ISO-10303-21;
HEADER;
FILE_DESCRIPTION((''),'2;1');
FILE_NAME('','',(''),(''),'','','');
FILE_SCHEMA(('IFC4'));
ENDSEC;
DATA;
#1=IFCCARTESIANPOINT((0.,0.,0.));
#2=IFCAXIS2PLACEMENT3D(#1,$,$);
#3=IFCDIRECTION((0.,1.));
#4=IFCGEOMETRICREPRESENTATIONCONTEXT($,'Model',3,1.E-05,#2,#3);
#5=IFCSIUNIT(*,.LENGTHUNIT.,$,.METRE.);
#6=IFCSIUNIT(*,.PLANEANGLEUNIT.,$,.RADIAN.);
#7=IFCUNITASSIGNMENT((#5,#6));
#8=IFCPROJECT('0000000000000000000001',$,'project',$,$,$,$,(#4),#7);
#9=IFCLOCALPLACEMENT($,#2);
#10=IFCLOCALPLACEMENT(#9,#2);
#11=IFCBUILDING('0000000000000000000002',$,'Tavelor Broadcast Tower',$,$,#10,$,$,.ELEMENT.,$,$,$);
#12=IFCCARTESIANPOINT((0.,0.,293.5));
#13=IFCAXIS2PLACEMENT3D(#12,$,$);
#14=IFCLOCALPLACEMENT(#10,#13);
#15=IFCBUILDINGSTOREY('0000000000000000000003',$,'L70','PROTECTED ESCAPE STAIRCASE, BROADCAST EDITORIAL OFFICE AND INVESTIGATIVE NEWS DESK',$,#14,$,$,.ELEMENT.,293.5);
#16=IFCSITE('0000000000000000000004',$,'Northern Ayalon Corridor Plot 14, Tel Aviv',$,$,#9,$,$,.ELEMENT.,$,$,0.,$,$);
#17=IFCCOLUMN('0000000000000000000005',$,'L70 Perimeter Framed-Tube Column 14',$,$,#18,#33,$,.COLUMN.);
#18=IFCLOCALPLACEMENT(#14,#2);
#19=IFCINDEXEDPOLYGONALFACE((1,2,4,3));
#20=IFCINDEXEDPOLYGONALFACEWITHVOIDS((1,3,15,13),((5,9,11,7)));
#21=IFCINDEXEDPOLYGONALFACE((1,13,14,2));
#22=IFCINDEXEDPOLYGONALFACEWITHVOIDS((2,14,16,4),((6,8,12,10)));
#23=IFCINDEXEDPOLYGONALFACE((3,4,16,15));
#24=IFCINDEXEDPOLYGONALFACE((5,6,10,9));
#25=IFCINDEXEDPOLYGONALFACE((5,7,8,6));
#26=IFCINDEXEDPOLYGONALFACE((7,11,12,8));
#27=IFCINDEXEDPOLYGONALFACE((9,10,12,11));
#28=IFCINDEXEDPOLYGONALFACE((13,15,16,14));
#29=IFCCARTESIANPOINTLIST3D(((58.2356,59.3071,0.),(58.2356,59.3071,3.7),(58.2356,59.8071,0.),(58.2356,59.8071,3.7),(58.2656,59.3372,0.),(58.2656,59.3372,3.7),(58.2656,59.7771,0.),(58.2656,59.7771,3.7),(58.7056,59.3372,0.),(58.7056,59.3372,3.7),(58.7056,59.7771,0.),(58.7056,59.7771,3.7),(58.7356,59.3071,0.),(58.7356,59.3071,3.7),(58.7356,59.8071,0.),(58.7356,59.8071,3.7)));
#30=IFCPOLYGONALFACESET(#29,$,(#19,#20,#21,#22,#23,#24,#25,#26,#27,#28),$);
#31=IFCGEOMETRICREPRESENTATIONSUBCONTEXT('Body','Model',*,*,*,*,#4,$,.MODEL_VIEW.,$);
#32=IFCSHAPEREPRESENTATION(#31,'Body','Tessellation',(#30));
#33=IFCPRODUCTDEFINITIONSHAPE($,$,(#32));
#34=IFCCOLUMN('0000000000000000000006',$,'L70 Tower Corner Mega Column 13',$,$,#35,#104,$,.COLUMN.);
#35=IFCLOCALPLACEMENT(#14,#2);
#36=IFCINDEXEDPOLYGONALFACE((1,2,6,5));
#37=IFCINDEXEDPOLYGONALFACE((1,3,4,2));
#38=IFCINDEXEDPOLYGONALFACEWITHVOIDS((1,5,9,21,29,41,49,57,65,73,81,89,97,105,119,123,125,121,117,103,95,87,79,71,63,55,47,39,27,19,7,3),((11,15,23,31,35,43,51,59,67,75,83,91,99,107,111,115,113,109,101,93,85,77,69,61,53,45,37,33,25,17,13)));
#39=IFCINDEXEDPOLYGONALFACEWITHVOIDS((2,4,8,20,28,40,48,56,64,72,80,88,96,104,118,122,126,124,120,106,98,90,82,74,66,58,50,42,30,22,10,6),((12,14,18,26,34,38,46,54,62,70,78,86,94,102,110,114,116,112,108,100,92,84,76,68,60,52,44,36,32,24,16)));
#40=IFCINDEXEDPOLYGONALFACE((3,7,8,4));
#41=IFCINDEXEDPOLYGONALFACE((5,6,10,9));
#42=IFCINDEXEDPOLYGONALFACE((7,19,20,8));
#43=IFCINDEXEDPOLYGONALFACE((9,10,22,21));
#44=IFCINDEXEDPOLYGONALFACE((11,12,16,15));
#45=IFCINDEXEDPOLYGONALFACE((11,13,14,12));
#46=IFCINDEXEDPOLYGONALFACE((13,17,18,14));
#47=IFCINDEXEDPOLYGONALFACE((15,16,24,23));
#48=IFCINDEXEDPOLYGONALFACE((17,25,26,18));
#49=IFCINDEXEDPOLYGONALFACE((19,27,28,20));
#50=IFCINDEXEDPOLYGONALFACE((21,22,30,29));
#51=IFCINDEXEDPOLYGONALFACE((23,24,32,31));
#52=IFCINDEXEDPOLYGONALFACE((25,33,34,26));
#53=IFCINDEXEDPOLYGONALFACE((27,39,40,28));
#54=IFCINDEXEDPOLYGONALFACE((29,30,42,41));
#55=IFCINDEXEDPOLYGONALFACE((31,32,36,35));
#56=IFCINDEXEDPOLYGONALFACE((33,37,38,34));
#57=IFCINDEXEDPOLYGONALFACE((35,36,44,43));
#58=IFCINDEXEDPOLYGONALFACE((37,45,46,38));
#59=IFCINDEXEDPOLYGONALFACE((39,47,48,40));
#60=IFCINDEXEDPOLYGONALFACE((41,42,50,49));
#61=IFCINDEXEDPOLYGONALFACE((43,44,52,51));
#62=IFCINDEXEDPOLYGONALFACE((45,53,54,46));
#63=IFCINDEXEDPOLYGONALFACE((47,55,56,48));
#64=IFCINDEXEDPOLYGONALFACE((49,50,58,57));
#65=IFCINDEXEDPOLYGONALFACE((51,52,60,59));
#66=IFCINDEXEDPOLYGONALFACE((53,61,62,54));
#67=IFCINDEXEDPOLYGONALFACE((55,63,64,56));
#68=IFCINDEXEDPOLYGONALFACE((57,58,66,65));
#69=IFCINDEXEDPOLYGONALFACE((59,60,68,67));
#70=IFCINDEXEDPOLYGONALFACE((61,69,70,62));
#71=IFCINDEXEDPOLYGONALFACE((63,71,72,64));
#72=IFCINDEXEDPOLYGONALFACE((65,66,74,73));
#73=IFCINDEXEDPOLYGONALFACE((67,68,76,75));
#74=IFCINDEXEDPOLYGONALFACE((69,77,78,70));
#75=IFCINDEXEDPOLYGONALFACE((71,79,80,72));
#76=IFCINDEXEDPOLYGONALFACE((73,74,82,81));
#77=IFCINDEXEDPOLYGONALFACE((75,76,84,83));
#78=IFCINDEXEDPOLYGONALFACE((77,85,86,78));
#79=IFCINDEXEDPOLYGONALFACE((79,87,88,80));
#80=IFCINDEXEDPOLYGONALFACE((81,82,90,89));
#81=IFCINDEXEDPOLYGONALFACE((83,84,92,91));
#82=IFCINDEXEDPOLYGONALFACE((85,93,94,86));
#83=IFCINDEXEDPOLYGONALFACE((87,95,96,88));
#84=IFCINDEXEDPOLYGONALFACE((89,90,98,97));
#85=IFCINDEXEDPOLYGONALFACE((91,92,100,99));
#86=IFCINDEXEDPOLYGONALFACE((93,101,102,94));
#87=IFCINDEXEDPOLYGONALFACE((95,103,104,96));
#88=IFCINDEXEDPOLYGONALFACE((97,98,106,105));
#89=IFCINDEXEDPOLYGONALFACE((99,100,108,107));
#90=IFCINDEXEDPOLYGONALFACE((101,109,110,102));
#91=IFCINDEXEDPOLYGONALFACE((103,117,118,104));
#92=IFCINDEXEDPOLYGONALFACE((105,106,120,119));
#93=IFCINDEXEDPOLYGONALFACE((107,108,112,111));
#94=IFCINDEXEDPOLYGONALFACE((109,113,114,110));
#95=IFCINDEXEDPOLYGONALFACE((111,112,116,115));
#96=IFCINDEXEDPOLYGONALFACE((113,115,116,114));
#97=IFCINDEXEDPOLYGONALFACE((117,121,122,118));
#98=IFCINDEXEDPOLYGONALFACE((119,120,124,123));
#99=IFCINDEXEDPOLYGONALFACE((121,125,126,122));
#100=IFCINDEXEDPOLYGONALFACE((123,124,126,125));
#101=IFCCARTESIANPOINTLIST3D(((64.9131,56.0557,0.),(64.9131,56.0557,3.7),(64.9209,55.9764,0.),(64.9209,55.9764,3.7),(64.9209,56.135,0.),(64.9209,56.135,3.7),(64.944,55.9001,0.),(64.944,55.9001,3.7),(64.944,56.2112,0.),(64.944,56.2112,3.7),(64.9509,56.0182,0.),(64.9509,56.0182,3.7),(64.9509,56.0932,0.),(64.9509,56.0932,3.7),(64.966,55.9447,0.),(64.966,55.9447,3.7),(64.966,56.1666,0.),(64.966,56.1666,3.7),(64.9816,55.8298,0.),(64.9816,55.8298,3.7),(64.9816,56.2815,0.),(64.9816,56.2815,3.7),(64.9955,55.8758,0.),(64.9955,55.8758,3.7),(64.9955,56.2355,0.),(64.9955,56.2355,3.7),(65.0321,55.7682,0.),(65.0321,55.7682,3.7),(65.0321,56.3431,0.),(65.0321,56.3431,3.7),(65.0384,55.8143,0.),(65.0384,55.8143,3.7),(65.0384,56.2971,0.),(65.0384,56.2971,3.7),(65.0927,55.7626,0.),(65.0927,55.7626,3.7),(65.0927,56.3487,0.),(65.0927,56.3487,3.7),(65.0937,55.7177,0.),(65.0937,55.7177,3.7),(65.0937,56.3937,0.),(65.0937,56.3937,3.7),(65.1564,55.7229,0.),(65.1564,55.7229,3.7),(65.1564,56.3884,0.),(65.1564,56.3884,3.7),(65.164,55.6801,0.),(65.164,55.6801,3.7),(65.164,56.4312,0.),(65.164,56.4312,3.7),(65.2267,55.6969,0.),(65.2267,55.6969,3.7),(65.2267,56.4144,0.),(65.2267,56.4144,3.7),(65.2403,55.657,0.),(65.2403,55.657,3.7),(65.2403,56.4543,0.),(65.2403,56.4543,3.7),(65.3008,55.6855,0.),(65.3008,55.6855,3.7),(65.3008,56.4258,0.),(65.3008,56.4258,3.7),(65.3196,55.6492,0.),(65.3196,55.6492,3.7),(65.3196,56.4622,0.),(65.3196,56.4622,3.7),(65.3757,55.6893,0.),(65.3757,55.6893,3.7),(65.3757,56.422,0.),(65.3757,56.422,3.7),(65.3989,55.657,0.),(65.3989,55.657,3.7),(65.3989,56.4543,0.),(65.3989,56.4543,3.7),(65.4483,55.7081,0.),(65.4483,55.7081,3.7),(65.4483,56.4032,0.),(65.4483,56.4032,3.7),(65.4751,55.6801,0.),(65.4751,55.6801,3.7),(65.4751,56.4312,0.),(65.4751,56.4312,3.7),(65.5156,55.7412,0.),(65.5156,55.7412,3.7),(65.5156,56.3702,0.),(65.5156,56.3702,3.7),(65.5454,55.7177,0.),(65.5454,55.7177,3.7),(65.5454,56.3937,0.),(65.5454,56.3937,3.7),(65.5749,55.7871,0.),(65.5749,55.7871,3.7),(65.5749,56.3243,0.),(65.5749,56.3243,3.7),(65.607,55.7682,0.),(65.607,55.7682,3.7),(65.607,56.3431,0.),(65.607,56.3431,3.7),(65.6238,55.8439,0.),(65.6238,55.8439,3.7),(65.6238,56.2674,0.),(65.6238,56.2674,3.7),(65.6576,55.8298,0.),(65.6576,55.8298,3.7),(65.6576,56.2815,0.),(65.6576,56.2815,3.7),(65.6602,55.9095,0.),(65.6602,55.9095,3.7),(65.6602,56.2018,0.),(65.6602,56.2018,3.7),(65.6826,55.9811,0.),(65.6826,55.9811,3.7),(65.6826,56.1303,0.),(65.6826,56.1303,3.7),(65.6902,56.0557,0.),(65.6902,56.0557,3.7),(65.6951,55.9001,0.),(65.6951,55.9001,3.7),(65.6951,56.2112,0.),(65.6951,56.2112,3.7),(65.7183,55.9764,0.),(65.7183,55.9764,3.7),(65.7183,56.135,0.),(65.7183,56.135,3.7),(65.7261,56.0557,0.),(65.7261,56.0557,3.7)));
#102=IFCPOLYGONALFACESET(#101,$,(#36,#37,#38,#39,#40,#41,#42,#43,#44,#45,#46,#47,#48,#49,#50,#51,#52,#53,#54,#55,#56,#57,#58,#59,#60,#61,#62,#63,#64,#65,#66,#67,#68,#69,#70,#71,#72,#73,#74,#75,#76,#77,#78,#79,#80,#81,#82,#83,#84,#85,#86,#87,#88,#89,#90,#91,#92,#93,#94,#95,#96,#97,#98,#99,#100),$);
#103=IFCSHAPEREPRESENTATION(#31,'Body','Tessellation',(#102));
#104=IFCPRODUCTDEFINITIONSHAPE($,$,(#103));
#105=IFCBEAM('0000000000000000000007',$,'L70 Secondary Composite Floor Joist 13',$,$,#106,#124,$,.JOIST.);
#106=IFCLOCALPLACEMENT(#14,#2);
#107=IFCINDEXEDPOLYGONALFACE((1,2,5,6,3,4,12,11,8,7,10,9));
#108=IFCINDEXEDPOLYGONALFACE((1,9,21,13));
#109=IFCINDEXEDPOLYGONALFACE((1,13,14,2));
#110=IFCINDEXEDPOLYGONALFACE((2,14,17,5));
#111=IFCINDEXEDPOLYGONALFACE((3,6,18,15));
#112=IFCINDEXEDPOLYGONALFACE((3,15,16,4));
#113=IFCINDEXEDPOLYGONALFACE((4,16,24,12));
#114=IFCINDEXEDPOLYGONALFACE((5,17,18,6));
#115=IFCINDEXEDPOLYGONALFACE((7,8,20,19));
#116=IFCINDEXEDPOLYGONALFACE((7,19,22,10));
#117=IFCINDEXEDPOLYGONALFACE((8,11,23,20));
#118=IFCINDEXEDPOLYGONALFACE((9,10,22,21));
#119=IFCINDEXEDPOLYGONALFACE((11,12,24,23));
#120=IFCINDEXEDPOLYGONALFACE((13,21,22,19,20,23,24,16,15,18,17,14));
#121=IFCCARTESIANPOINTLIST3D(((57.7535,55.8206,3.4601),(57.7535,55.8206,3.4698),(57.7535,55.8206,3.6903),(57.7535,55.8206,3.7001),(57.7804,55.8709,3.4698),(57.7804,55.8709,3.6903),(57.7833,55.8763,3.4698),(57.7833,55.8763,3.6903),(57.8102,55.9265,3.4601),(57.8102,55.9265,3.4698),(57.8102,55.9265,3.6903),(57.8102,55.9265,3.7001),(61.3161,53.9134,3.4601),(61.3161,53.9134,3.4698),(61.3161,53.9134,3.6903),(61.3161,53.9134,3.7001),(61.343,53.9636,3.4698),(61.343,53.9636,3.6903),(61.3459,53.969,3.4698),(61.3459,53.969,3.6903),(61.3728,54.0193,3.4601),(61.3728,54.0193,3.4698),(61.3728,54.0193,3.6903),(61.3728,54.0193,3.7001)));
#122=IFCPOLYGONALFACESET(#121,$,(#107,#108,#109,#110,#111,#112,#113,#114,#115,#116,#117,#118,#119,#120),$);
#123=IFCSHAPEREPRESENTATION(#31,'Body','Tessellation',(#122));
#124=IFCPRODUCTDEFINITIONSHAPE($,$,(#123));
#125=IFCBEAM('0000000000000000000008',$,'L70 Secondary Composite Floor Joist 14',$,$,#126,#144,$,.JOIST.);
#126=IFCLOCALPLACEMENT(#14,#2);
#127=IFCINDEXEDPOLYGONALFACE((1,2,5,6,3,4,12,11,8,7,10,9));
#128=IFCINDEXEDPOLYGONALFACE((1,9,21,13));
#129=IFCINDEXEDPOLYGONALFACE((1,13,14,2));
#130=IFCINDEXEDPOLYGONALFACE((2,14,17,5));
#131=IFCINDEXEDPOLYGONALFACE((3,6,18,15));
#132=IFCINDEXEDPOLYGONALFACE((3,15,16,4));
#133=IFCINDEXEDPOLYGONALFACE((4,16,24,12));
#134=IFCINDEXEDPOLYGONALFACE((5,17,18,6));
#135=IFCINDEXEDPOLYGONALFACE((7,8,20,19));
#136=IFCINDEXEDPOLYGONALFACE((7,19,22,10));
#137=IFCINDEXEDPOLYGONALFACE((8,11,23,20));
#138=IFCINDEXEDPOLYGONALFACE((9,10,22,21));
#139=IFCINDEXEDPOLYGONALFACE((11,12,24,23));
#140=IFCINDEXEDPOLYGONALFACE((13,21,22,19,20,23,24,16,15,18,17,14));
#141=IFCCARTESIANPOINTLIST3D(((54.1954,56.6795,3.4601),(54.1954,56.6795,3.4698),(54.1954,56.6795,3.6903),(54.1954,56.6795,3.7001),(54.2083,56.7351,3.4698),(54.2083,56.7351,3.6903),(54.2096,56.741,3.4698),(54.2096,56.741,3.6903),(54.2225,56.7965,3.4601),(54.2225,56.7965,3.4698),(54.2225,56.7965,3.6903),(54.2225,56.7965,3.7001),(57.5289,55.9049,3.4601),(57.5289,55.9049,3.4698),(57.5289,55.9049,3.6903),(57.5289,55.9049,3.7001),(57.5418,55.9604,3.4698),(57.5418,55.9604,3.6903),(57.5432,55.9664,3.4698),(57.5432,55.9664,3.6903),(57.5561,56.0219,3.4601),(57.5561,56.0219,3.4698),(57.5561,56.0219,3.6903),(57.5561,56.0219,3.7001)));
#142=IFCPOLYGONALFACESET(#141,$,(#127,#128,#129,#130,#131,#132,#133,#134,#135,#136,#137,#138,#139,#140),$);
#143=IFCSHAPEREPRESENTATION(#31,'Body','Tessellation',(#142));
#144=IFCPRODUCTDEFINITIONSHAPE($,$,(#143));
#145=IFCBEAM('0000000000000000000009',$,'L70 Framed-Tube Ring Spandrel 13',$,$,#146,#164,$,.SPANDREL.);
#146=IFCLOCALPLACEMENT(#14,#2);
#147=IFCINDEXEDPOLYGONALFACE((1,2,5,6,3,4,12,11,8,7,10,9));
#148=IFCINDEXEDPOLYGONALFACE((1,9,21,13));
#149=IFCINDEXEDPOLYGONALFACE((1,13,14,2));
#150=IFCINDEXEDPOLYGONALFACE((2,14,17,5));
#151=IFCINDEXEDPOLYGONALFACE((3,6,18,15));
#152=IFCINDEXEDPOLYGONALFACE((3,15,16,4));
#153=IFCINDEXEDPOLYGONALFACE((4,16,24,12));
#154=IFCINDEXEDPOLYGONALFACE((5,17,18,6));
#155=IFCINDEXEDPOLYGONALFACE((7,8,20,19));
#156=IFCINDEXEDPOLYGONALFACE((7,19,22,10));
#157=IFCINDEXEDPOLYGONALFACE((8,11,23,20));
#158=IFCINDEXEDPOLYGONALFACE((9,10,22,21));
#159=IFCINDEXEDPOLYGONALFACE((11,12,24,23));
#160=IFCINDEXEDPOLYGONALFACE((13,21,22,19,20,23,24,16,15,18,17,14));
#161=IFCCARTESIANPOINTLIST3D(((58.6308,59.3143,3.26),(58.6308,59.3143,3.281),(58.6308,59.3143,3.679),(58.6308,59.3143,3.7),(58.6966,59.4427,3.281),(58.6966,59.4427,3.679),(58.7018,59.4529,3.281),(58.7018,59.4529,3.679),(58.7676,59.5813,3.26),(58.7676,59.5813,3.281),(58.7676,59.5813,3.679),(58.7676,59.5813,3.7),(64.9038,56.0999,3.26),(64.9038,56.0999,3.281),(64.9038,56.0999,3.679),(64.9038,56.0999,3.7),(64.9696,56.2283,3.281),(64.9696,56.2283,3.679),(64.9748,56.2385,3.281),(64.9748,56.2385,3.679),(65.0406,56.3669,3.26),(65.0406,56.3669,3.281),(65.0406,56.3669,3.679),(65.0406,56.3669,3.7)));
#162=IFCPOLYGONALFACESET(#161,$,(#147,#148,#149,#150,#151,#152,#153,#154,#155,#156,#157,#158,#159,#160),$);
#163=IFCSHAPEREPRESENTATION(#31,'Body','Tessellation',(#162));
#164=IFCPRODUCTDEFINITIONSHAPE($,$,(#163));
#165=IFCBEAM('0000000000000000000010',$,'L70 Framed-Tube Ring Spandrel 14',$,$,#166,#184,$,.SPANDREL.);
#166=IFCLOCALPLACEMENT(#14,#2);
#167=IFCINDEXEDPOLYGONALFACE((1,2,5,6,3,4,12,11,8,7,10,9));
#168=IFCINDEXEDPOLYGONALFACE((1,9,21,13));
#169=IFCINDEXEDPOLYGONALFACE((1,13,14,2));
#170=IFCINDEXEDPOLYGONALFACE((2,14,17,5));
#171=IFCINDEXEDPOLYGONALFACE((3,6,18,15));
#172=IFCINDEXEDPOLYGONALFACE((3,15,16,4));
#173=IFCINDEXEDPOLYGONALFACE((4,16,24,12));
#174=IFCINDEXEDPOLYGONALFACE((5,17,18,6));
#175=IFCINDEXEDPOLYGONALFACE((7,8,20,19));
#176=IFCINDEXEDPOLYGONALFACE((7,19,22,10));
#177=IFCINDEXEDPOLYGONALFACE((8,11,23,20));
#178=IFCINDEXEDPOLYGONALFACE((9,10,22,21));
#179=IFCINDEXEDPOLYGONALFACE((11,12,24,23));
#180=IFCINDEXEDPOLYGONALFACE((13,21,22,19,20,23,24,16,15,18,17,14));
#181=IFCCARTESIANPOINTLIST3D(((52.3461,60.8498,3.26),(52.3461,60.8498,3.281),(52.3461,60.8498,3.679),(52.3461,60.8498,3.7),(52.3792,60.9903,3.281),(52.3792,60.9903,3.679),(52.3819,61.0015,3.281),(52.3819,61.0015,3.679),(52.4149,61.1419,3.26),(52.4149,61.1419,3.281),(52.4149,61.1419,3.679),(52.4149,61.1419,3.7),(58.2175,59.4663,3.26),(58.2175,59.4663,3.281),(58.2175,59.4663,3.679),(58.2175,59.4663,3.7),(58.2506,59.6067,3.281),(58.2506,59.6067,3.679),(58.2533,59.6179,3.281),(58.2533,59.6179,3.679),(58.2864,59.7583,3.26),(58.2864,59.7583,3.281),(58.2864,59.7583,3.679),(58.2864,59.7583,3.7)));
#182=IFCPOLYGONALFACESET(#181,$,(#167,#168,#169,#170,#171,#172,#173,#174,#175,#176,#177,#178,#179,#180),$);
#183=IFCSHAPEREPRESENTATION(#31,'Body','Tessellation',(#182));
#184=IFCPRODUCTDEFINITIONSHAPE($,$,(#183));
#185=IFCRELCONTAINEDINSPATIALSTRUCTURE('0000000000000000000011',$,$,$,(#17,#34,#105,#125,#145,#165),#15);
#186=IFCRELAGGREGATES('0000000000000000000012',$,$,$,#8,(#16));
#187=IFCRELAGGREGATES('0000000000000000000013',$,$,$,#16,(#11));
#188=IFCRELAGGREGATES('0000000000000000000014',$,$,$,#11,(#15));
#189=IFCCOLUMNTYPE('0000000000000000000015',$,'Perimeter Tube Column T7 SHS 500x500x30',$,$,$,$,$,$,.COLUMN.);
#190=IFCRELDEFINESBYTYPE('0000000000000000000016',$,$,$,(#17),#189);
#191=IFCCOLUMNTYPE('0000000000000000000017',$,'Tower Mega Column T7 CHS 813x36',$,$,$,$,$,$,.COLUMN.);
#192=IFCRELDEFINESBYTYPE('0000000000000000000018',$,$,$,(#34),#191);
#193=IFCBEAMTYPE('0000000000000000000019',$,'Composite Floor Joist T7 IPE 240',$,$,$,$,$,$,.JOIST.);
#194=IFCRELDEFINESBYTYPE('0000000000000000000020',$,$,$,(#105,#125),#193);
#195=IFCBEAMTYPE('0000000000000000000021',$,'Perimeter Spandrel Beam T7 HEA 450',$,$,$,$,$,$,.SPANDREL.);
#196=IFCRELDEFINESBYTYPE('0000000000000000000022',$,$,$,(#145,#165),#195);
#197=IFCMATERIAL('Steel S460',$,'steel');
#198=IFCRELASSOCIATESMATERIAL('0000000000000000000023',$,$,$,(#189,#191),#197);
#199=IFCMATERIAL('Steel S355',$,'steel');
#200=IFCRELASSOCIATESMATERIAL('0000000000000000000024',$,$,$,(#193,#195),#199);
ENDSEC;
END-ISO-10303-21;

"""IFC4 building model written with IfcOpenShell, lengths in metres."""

from ifc_helpers import new_model, si_unit, direction, frame, origin, origin_2d, place, context, subcontext, project, spatial, hollow_rectangle, hollow_circle, i_section, extrude, material, material_profile, profile_set, type_object, element, save


model = new_model("IFC4")

# Units and contexts
model_context = context("Model", 3, precision=1e-05, world=origin(), true_north=direction((0.0, 1.0)))
body_context = subcontext(model_context, "Body", "Model", "MODEL_VIEW")
ifc_project = project(units=[si_unit("LENGTHUNIT", "METRE"), si_unit("PLANEANGLEUNIT", "RADIAN")], contexts=[model_context])

# Site, building, storey
site_placement = place(None, origin())
site = spatial("IfcSite", under=ifc_project, at=site_placement, Name="Northern Ayalon Corridor Plot 14, Tel Aviv", CompositionType="ELEMENT", RefElevation=0.0)
building_placement = place(site_placement, origin())
building = spatial("IfcBuilding", under=site, at=building_placement, Name="Tavelor Broadcast Tower", CompositionType="ELEMENT")
storey_placement = place(building_placement, frame((0.0, 0.0, 293.5)))
storey = spatial("IfcBuildingStorey", under=building, at=storey_placement, Name="L70", Description="PROTECTED ESCAPE STAIRCASE, BROADCAST EDITORIAL OFFICE AND INVESTIGATIVE NEWS DESK", CompositionType="ELEMENT", Elevation=293.5)

# Columns
ifc_material_1 = material(Name="Steel S460", Category="steel")
ifc_material_profile_1 = material_profile(ifc_material_1, hollow_rectangle(XDim=0.5, YDim=0.5, WallThickness=0.03, at=origin_2d()), Name="SHS 500x500x30")
ifc_profile_set_1 = profile_set([ifc_material_profile_1], Name="Steel S460")
column_type_1 = type_object("IfcColumnType", Name="Perimeter Tube Column T7 SHS 500x500x30", PredefinedType="COLUMN", material=ifc_profile_set_1)
column_1_placement = place(storey_placement, frame((58.4856, 59.5571, 0.0), z_axis=(0.0, 0.0, 1.0), x_axis=(1.0, 0.0, 0.0)))
element("IfcColumn", 1, at=column_1_placement, inside=storey, type_object=column_type_1, Name="L70 Perimeter Framed-Tube Column 14", PredefinedType="COLUMN", context=body_context, shape_type="SweptSolid", body=[
    extrude(hollow_rectangle(XDim=0.5, YDim=0.5, WallThickness=0.03, at=origin_2d()), origin(), (0.0, 0.0, 1.0), 3.7),
])
ifc_material_profile_2 = material_profile(ifc_material_1, hollow_circle(Radius=0.4065, WallThickness=0.0359, at=origin_2d()), Name="CHS 813x36")
ifc_profile_set_2 = profile_set([ifc_material_profile_2], Name="Steel S460")
column_type_2 = type_object("IfcColumnType", Name="Tower Mega Column T7 CHS 813x36", PredefinedType="COLUMN", material=ifc_profile_set_2)
column_2_placement = place(storey_placement, frame((65.3196, 56.0557, 0.0), z_axis=(0.0, 0.0, 1.0), x_axis=(1.0, 0.0, 0.0)))
element("IfcColumn", 2, at=column_2_placement, inside=storey, type_object=column_type_2, Name="L70 Tower Corner Mega Column 13", PredefinedType="COLUMN", context=body_context, shape_type="SweptSolid", body=[
    extrude(hollow_circle(Radius=0.4065, WallThickness=0.0359, at=origin_2d()), origin(), (0.0, 0.0, 1.0), 3.7),
])

# Beams
ifc_material_2 = material(Name="Steel S355", Category="steel")
ifc_material_profile_3 = material_profile(ifc_material_2, i_section(OverallWidth=0.1201, OverallDepth=0.24, WebThickness=0.0061, FlangeThickness=0.0098, at=origin_2d()), Name="IPE 240")
ifc_profile_set_3 = profile_set([ifc_material_profile_3], Name="Steel S355")
beam_type_1 = type_object("IfcBeamType", Name="Composite Floor Joist T7 IPE 240", PredefinedType="JOIST", material=ifc_profile_set_3)
beam_1_placement = place(storey_placement, frame((61.3445, 53.9663, 3.5801), z_axis=(-0.881609, 0.47198, 0.0), x_axis=(-0.47198, -0.881609, 0.0)))
element("IfcBeam", 3, at=beam_1_placement, inside=storey, type_object=beam_type_1, Name="L70 Secondary Composite Floor Joist 13", PredefinedType="JOIST", context=body_context, shape_type="SweptSolid", body=[
    extrude(i_section(OverallWidth=0.1201, OverallDepth=0.24, WebThickness=0.0061, FlangeThickness=0.0098, at=origin_2d()), origin(), (0.0, 0.0, 1.0), 4.041),
])
beam_2_placement = place(storey_placement, frame((57.5425, 55.9634, 3.5801), z_axis=(-0.974045, 0.226355, 0.0), x_axis=(-0.226355, -0.974045, 0.0)))
element("IfcBeam", 4, at=beam_2_placement, inside=storey, type_object=beam_type_1, Name="L70 Secondary Composite Floor Joist 14", PredefinedType="JOIST", context=body_context, shape_type="SweptSolid", body=[
    extrude(i_section(OverallWidth=0.1201, OverallDepth=0.24, WebThickness=0.0061, FlangeThickness=0.0098, at=origin_2d()), origin(), (0.0, 0.0, 1.0), 3.4224),
])
ifc_material_profile_4 = material_profile(ifc_material_2, i_section(OverallWidth=0.3, OverallDepth=0.4399, WebThickness=0.0115, FlangeThickness=0.021, at=origin_2d()), Name="HEA 450")
ifc_profile_set_4 = profile_set([ifc_material_profile_4], Name="Steel S355")
beam_type_2 = type_object("IfcBeamType", Name="Perimeter Spandrel Beam T7 HEA 450", PredefinedType="SPANDREL", material=ifc_profile_set_4)
beam_3_placement = place(storey_placement, frame((64.9722, 56.2334, 3.48), z_axis=(-0.889964, 0.456031, 0.0), x_axis=(-0.456031, -0.889964, 0.0)))
element("IfcBeam", 5, at=beam_3_placement, inside=storey, type_object=beam_type_2, Name="L70 Framed-Tube Ring Spandrel 13", PredefinedType="SPANDREL", context=body_context, shape_type="SweptSolid", body=[
    extrude(i_section(OverallWidth=0.3, OverallDepth=0.4399, WebThickness=0.0115, FlangeThickness=0.021, at=origin_2d()), origin(), (0.0, 0.0, 1.0), 7.0486),
])
beam_4_placement = place(storey_placement, frame((58.252, 59.6123, 3.48), z_axis=(-0.973341, 0.229362, 0.0), x_axis=(-0.229362, -0.973341, 0.0)))
element("IfcBeam", 6, at=beam_4_placement, inside=storey, type_object=beam_type_2, Name="L70 Framed-Tube Ring Spandrel 14", PredefinedType="SPANDREL", context=body_context, shape_type="SweptSolid", body=[
    extrude(i_section(OverallWidth=0.3, OverallDepth=0.4399, WebThickness=0.0115, FlangeThickness=0.021, at=origin_2d()), origin(), (0.0, 0.0, 1.0), 6.0322),
])

save(model, "model.ifc")
